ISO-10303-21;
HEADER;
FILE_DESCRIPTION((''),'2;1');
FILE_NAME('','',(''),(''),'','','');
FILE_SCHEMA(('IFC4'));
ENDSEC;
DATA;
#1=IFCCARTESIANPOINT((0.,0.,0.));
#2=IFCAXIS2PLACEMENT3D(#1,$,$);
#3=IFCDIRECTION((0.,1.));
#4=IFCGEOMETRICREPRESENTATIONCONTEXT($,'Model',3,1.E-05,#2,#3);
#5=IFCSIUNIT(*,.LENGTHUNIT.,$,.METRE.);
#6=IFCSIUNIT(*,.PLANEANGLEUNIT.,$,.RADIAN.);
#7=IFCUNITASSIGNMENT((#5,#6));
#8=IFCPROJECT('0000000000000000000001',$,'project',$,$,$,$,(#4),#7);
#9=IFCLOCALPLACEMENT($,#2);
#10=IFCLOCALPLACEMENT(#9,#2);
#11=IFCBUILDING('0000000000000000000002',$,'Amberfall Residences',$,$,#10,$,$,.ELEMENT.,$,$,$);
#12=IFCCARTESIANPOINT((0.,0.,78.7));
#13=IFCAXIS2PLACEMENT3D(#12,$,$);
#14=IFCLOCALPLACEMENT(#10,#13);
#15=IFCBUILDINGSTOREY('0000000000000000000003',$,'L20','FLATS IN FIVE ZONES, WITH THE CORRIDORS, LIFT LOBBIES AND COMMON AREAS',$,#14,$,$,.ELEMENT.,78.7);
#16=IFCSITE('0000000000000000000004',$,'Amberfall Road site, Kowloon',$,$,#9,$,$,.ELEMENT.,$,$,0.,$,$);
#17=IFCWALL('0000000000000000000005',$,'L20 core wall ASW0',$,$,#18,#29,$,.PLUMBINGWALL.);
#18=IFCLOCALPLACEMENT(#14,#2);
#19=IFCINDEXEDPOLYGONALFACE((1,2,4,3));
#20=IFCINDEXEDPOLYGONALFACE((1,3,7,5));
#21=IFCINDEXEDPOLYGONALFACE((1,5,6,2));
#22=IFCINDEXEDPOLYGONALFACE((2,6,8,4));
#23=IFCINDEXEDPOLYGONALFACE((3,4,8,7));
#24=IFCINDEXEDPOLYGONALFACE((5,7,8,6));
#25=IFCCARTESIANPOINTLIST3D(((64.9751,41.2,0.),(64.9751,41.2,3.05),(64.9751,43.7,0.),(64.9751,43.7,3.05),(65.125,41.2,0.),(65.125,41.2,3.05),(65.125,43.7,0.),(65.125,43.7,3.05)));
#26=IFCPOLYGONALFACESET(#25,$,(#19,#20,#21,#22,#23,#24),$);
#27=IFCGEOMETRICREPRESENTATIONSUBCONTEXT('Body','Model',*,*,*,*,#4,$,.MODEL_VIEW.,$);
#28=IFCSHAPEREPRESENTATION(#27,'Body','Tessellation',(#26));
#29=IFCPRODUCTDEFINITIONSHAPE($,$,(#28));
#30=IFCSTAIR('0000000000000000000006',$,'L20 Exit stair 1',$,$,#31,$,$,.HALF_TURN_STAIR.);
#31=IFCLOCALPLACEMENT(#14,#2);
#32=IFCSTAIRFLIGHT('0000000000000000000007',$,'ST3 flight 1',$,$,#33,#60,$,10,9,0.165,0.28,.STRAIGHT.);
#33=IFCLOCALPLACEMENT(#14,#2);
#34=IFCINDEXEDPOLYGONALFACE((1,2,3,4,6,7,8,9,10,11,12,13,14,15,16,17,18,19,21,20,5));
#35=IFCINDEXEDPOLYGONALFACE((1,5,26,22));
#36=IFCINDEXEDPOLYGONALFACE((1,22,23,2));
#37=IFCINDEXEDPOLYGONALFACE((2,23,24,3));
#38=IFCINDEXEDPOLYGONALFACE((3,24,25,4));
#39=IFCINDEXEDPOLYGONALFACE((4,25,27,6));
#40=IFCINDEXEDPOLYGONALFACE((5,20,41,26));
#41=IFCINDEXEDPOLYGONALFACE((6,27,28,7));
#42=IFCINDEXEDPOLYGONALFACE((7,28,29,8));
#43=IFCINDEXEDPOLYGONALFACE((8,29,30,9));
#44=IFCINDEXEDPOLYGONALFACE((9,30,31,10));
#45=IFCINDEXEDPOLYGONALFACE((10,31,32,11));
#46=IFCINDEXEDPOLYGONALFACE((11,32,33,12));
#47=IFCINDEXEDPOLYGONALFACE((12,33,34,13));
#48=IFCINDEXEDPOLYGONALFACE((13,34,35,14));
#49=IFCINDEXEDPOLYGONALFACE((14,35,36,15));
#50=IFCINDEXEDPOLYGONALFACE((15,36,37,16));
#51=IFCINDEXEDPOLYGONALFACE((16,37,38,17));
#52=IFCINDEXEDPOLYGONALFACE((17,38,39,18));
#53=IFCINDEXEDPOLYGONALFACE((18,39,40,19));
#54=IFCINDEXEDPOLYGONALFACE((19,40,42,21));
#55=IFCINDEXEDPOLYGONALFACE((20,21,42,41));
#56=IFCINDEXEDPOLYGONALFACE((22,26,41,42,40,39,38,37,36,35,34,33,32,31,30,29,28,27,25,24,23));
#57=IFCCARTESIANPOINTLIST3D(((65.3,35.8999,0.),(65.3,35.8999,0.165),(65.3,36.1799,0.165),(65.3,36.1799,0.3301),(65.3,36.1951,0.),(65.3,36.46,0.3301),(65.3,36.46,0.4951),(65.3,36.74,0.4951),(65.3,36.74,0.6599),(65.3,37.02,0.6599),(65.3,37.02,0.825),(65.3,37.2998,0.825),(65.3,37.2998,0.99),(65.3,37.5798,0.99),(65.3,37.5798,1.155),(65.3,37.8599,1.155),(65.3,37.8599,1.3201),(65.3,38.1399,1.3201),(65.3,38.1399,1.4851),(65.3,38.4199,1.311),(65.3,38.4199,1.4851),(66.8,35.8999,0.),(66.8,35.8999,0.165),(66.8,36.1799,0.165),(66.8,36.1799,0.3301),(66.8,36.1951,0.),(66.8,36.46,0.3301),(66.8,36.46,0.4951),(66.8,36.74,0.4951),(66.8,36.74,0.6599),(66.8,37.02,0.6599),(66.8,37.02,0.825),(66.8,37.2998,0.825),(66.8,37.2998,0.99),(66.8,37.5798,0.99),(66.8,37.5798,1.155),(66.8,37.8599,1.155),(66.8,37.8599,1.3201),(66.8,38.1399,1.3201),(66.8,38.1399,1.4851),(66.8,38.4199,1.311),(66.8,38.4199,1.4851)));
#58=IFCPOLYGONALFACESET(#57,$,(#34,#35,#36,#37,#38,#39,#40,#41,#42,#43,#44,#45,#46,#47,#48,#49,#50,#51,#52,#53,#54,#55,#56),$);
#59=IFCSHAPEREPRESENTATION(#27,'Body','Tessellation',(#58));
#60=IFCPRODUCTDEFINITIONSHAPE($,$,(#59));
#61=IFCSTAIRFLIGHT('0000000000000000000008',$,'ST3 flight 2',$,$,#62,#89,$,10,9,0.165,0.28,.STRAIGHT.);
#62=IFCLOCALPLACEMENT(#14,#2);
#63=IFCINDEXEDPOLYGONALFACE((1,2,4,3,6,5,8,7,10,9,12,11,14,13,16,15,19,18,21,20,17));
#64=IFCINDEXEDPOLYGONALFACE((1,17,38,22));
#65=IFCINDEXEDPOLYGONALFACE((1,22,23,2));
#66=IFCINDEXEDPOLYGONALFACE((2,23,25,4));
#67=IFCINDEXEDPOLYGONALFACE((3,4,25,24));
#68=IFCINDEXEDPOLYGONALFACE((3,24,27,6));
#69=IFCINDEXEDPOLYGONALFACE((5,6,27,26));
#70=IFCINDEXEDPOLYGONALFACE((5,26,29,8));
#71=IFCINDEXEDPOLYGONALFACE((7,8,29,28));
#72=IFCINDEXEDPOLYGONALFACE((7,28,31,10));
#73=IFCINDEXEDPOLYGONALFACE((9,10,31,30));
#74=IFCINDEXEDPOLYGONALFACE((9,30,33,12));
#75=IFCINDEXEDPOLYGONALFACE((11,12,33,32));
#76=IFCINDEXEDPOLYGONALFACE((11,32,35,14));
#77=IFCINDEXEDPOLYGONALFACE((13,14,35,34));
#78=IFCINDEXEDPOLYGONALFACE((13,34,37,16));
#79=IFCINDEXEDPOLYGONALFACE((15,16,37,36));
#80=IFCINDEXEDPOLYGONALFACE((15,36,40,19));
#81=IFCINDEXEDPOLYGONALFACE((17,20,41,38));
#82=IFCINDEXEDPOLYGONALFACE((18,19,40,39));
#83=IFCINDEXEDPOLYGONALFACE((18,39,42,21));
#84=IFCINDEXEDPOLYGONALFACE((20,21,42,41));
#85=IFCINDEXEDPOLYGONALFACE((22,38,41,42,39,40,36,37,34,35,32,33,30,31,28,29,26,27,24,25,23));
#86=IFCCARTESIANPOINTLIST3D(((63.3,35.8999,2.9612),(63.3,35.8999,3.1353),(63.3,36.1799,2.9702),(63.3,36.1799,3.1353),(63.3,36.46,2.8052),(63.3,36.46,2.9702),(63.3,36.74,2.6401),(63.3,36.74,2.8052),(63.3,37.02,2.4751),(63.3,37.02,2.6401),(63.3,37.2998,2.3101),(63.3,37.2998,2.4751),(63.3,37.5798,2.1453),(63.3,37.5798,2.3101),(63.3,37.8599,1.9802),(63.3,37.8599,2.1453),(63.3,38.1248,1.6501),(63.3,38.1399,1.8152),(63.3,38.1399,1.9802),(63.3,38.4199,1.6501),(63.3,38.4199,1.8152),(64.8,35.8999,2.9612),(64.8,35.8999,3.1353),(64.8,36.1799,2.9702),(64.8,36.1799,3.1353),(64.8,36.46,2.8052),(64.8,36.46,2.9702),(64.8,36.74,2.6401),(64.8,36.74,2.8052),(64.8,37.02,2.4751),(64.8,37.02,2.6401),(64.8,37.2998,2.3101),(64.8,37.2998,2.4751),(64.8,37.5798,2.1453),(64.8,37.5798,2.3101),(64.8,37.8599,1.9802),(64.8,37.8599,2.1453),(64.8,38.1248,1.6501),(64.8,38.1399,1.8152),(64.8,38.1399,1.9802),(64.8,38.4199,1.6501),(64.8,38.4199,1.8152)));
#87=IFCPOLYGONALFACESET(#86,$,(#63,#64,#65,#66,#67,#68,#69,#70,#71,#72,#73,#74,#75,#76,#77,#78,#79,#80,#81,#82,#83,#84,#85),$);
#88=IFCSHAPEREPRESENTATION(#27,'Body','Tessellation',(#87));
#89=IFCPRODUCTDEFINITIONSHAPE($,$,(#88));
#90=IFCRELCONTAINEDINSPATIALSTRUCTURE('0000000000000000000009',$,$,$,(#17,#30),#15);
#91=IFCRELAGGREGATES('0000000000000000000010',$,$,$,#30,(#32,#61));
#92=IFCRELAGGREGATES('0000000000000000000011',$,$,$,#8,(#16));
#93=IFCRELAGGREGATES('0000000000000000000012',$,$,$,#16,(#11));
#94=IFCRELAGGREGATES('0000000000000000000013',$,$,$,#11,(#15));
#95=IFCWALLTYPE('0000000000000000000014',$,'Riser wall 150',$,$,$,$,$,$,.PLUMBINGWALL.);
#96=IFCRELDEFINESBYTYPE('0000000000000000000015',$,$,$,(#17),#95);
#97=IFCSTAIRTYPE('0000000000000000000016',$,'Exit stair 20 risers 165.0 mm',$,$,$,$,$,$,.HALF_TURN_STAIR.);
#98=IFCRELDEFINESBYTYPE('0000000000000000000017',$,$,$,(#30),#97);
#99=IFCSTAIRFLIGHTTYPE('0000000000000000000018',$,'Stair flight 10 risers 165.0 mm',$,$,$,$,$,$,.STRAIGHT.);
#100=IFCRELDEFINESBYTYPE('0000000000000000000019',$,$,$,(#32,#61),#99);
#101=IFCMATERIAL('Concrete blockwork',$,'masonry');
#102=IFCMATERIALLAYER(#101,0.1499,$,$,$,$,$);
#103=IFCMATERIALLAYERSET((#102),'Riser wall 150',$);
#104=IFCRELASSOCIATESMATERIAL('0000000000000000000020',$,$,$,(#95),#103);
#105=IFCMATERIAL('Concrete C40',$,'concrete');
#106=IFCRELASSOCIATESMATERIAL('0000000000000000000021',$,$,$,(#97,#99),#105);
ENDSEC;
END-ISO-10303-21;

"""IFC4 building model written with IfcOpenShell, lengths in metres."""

from ifc_helpers import new_model, si_unit, direction, frame, frame_2d, origin, place, context, subcontext, project, spatial, polyline, rectangle, outline, extrude, material, layer, layer_set, type_object, element, aggregate, save


model = new_model("IFC4")

# Units and contexts
model_context = context("Model", 3, precision=1e-05, world=origin(), true_north=direction((0.0, 1.0)))
body_context = subcontext(model_context, "Body", "Model", "MODEL_VIEW")
ifc_project = project(units=[si_unit("LENGTHUNIT", "METRE"), si_unit("PLANEANGLEUNIT", "RADIAN")], contexts=[model_context])

# Site, building, storey
site_placement = place(None, origin())
site = spatial("IfcSite", under=ifc_project, at=site_placement, Name="Amberfall Road site, Kowloon", CompositionType="ELEMENT", RefElevation=0.0)
building_placement = place(site_placement, origin())
building = spatial("IfcBuilding", under=site, at=building_placement, Name="Amberfall Residences", CompositionType="ELEMENT")
storey_placement = place(building_placement, frame((0.0, 0.0, 78.7)))
storey = spatial("IfcBuildingStorey", under=building, at=storey_placement, Name="L20", Description="FLATS IN FIVE ZONES, WITH THE CORRIDORS, LIFT LOBBIES AND COMMON AREAS", CompositionType="ELEMENT", Elevation=78.7)

# Wall
ifc_material_1 = material(Name="Concrete blockwork", Category="masonry")
ifc_layer_1 = layer(ifc_material_1, 0.1499)
ifc_layer_set_1 = layer_set([ifc_layer_1], Name="Riser wall 150")
wall_type_1 = type_object("IfcWallType", Name="Riser wall 150", PredefinedType="PLUMBINGWALL", material=ifc_layer_set_1)
wall_1_placement = place(storey_placement, frame((65.05, 41.2, 0.0), z_axis=(0.0, 0.0, 1.0), x_axis=(0.0, 1.0, 0.0)))
element("IfcWall", 1, at=wall_1_placement, inside=storey, type_object=wall_type_1, Name="L20 core wall ASW0", PredefinedType="PLUMBINGWALL", context=body_context, shape_type="SweptSolid", body=[
    extrude(rectangle(XDim=2.5, YDim=0.1499, at=frame_2d((1.25, 0.0))), origin(), (0.0, 0.0, 1.0), 3.05),
])

# Stair, stair flights
ifc_material_2 = material(Name="Concrete C40", Category="concrete")
stair_type = type_object("IfcStairType", Name="Exit stair 20 risers 165.0 mm", PredefinedType="HALF_TURN_STAIR", material=ifc_material_2)
stair_placement = place(storey_placement, origin())
stair = element("IfcStair", 2, at=stair_placement, inside=storey, type_object=stair_type, Name="L20 Exit stair 1", PredefinedType="HALF_TURN_STAIR")
stair_flight_type = type_object("IfcStairFlightType", Name="Stair flight 10 risers 165.0 mm", PredefinedType="STRAIGHT", material=ifc_material_2)
stair_flight_1_placement = place(storey_placement, frame((66.05, 35.8999, 0.0), z_axis=(0.0, 0.0, 1.0), x_axis=(0.0, 1.0, 0.0)))
stair_flight_1 = element("IfcStairFlight", 3, at=stair_flight_1_placement, type_object=stair_flight_type, Name="ST3 flight 1", NumberOfRisers=10, NumberOfTreads=9, PredefinedType="STRAIGHT", RiserHeight=0.165, TreadLength=0.28, context=body_context, shape_type="SweptSolid", body=[
    extrude(outline(polyline([(0.0, 0.0), (0.0, 0.165), (0.28, 0.165), (0.28, 0.3301), (0.5601, 0.3301), (0.5601, 0.4951), (0.8401, 0.4951), (0.8401, 0.6599), (1.1201, 0.6599), (1.1201, 0.825), (1.3999, 0.825), (1.3999, 0.99), (1.6799, 0.99), (1.6799, 1.155), (1.96, 1.155), (1.96, 1.3201), (2.24, 1.3201), (2.24, 1.4851), (2.52, 1.4851), (2.52, 1.6499), (2.52, 1.311), (0.2952, 0.0), (0.0, 0.0)])), frame((0.0, 0.75, 0.0), z_axis=(0.0, -1.0, 0.0), x_axis=(1.0, 0.0, 0.0)), (0.0, 0.0, 1.0), 1.5),
])
stair_flight_2_placement = place(storey_placement, frame((64.05, 38.4199, 1.6501), z_axis=(0.0, 0.0, 1.0), x_axis=(0.0, -1.0, 0.0)))
stair_flight_2 = element("IfcStairFlight", 4, at=stair_flight_2_placement, type_object=stair_flight_type, Name="ST3 flight 2", NumberOfRisers=10, NumberOfTreads=9, PredefinedType="STRAIGHT", RiserHeight=0.165, TreadLength=0.28, context=body_context, shape_type="SweptSolid", body=[
    extrude(outline(polyline([(0.0, 0.0), (0.0, 0.165), (0.28, 0.165), (0.28, 0.3301), (0.5601, 0.3301), (0.5601, 0.4951), (0.8401, 0.4951), (0.8401, 0.6599), (1.1201, 0.6599), (1.1201, 0.825), (1.3999, 0.825), (1.3999, 0.99), (1.6799, 0.99), (1.6799, 1.155), (1.96, 1.155), (1.96, 1.3201), (2.24, 1.3201), (2.24, 1.4851), (2.52, 1.4851), (2.52, 1.6499), (2.52, 1.311), (0.2952, 0.0), (0.0, 0.0)])), frame((0.0, 0.75, 0.0), z_axis=(0.0, -1.0, 0.0), x_axis=(1.0, 0.0, 0.0)), (0.0, 0.0, 1.0), 1.5),
])
aggregate(stair, [stair_flight_1, stair_flight_2])

save(model, "model.ifc")
